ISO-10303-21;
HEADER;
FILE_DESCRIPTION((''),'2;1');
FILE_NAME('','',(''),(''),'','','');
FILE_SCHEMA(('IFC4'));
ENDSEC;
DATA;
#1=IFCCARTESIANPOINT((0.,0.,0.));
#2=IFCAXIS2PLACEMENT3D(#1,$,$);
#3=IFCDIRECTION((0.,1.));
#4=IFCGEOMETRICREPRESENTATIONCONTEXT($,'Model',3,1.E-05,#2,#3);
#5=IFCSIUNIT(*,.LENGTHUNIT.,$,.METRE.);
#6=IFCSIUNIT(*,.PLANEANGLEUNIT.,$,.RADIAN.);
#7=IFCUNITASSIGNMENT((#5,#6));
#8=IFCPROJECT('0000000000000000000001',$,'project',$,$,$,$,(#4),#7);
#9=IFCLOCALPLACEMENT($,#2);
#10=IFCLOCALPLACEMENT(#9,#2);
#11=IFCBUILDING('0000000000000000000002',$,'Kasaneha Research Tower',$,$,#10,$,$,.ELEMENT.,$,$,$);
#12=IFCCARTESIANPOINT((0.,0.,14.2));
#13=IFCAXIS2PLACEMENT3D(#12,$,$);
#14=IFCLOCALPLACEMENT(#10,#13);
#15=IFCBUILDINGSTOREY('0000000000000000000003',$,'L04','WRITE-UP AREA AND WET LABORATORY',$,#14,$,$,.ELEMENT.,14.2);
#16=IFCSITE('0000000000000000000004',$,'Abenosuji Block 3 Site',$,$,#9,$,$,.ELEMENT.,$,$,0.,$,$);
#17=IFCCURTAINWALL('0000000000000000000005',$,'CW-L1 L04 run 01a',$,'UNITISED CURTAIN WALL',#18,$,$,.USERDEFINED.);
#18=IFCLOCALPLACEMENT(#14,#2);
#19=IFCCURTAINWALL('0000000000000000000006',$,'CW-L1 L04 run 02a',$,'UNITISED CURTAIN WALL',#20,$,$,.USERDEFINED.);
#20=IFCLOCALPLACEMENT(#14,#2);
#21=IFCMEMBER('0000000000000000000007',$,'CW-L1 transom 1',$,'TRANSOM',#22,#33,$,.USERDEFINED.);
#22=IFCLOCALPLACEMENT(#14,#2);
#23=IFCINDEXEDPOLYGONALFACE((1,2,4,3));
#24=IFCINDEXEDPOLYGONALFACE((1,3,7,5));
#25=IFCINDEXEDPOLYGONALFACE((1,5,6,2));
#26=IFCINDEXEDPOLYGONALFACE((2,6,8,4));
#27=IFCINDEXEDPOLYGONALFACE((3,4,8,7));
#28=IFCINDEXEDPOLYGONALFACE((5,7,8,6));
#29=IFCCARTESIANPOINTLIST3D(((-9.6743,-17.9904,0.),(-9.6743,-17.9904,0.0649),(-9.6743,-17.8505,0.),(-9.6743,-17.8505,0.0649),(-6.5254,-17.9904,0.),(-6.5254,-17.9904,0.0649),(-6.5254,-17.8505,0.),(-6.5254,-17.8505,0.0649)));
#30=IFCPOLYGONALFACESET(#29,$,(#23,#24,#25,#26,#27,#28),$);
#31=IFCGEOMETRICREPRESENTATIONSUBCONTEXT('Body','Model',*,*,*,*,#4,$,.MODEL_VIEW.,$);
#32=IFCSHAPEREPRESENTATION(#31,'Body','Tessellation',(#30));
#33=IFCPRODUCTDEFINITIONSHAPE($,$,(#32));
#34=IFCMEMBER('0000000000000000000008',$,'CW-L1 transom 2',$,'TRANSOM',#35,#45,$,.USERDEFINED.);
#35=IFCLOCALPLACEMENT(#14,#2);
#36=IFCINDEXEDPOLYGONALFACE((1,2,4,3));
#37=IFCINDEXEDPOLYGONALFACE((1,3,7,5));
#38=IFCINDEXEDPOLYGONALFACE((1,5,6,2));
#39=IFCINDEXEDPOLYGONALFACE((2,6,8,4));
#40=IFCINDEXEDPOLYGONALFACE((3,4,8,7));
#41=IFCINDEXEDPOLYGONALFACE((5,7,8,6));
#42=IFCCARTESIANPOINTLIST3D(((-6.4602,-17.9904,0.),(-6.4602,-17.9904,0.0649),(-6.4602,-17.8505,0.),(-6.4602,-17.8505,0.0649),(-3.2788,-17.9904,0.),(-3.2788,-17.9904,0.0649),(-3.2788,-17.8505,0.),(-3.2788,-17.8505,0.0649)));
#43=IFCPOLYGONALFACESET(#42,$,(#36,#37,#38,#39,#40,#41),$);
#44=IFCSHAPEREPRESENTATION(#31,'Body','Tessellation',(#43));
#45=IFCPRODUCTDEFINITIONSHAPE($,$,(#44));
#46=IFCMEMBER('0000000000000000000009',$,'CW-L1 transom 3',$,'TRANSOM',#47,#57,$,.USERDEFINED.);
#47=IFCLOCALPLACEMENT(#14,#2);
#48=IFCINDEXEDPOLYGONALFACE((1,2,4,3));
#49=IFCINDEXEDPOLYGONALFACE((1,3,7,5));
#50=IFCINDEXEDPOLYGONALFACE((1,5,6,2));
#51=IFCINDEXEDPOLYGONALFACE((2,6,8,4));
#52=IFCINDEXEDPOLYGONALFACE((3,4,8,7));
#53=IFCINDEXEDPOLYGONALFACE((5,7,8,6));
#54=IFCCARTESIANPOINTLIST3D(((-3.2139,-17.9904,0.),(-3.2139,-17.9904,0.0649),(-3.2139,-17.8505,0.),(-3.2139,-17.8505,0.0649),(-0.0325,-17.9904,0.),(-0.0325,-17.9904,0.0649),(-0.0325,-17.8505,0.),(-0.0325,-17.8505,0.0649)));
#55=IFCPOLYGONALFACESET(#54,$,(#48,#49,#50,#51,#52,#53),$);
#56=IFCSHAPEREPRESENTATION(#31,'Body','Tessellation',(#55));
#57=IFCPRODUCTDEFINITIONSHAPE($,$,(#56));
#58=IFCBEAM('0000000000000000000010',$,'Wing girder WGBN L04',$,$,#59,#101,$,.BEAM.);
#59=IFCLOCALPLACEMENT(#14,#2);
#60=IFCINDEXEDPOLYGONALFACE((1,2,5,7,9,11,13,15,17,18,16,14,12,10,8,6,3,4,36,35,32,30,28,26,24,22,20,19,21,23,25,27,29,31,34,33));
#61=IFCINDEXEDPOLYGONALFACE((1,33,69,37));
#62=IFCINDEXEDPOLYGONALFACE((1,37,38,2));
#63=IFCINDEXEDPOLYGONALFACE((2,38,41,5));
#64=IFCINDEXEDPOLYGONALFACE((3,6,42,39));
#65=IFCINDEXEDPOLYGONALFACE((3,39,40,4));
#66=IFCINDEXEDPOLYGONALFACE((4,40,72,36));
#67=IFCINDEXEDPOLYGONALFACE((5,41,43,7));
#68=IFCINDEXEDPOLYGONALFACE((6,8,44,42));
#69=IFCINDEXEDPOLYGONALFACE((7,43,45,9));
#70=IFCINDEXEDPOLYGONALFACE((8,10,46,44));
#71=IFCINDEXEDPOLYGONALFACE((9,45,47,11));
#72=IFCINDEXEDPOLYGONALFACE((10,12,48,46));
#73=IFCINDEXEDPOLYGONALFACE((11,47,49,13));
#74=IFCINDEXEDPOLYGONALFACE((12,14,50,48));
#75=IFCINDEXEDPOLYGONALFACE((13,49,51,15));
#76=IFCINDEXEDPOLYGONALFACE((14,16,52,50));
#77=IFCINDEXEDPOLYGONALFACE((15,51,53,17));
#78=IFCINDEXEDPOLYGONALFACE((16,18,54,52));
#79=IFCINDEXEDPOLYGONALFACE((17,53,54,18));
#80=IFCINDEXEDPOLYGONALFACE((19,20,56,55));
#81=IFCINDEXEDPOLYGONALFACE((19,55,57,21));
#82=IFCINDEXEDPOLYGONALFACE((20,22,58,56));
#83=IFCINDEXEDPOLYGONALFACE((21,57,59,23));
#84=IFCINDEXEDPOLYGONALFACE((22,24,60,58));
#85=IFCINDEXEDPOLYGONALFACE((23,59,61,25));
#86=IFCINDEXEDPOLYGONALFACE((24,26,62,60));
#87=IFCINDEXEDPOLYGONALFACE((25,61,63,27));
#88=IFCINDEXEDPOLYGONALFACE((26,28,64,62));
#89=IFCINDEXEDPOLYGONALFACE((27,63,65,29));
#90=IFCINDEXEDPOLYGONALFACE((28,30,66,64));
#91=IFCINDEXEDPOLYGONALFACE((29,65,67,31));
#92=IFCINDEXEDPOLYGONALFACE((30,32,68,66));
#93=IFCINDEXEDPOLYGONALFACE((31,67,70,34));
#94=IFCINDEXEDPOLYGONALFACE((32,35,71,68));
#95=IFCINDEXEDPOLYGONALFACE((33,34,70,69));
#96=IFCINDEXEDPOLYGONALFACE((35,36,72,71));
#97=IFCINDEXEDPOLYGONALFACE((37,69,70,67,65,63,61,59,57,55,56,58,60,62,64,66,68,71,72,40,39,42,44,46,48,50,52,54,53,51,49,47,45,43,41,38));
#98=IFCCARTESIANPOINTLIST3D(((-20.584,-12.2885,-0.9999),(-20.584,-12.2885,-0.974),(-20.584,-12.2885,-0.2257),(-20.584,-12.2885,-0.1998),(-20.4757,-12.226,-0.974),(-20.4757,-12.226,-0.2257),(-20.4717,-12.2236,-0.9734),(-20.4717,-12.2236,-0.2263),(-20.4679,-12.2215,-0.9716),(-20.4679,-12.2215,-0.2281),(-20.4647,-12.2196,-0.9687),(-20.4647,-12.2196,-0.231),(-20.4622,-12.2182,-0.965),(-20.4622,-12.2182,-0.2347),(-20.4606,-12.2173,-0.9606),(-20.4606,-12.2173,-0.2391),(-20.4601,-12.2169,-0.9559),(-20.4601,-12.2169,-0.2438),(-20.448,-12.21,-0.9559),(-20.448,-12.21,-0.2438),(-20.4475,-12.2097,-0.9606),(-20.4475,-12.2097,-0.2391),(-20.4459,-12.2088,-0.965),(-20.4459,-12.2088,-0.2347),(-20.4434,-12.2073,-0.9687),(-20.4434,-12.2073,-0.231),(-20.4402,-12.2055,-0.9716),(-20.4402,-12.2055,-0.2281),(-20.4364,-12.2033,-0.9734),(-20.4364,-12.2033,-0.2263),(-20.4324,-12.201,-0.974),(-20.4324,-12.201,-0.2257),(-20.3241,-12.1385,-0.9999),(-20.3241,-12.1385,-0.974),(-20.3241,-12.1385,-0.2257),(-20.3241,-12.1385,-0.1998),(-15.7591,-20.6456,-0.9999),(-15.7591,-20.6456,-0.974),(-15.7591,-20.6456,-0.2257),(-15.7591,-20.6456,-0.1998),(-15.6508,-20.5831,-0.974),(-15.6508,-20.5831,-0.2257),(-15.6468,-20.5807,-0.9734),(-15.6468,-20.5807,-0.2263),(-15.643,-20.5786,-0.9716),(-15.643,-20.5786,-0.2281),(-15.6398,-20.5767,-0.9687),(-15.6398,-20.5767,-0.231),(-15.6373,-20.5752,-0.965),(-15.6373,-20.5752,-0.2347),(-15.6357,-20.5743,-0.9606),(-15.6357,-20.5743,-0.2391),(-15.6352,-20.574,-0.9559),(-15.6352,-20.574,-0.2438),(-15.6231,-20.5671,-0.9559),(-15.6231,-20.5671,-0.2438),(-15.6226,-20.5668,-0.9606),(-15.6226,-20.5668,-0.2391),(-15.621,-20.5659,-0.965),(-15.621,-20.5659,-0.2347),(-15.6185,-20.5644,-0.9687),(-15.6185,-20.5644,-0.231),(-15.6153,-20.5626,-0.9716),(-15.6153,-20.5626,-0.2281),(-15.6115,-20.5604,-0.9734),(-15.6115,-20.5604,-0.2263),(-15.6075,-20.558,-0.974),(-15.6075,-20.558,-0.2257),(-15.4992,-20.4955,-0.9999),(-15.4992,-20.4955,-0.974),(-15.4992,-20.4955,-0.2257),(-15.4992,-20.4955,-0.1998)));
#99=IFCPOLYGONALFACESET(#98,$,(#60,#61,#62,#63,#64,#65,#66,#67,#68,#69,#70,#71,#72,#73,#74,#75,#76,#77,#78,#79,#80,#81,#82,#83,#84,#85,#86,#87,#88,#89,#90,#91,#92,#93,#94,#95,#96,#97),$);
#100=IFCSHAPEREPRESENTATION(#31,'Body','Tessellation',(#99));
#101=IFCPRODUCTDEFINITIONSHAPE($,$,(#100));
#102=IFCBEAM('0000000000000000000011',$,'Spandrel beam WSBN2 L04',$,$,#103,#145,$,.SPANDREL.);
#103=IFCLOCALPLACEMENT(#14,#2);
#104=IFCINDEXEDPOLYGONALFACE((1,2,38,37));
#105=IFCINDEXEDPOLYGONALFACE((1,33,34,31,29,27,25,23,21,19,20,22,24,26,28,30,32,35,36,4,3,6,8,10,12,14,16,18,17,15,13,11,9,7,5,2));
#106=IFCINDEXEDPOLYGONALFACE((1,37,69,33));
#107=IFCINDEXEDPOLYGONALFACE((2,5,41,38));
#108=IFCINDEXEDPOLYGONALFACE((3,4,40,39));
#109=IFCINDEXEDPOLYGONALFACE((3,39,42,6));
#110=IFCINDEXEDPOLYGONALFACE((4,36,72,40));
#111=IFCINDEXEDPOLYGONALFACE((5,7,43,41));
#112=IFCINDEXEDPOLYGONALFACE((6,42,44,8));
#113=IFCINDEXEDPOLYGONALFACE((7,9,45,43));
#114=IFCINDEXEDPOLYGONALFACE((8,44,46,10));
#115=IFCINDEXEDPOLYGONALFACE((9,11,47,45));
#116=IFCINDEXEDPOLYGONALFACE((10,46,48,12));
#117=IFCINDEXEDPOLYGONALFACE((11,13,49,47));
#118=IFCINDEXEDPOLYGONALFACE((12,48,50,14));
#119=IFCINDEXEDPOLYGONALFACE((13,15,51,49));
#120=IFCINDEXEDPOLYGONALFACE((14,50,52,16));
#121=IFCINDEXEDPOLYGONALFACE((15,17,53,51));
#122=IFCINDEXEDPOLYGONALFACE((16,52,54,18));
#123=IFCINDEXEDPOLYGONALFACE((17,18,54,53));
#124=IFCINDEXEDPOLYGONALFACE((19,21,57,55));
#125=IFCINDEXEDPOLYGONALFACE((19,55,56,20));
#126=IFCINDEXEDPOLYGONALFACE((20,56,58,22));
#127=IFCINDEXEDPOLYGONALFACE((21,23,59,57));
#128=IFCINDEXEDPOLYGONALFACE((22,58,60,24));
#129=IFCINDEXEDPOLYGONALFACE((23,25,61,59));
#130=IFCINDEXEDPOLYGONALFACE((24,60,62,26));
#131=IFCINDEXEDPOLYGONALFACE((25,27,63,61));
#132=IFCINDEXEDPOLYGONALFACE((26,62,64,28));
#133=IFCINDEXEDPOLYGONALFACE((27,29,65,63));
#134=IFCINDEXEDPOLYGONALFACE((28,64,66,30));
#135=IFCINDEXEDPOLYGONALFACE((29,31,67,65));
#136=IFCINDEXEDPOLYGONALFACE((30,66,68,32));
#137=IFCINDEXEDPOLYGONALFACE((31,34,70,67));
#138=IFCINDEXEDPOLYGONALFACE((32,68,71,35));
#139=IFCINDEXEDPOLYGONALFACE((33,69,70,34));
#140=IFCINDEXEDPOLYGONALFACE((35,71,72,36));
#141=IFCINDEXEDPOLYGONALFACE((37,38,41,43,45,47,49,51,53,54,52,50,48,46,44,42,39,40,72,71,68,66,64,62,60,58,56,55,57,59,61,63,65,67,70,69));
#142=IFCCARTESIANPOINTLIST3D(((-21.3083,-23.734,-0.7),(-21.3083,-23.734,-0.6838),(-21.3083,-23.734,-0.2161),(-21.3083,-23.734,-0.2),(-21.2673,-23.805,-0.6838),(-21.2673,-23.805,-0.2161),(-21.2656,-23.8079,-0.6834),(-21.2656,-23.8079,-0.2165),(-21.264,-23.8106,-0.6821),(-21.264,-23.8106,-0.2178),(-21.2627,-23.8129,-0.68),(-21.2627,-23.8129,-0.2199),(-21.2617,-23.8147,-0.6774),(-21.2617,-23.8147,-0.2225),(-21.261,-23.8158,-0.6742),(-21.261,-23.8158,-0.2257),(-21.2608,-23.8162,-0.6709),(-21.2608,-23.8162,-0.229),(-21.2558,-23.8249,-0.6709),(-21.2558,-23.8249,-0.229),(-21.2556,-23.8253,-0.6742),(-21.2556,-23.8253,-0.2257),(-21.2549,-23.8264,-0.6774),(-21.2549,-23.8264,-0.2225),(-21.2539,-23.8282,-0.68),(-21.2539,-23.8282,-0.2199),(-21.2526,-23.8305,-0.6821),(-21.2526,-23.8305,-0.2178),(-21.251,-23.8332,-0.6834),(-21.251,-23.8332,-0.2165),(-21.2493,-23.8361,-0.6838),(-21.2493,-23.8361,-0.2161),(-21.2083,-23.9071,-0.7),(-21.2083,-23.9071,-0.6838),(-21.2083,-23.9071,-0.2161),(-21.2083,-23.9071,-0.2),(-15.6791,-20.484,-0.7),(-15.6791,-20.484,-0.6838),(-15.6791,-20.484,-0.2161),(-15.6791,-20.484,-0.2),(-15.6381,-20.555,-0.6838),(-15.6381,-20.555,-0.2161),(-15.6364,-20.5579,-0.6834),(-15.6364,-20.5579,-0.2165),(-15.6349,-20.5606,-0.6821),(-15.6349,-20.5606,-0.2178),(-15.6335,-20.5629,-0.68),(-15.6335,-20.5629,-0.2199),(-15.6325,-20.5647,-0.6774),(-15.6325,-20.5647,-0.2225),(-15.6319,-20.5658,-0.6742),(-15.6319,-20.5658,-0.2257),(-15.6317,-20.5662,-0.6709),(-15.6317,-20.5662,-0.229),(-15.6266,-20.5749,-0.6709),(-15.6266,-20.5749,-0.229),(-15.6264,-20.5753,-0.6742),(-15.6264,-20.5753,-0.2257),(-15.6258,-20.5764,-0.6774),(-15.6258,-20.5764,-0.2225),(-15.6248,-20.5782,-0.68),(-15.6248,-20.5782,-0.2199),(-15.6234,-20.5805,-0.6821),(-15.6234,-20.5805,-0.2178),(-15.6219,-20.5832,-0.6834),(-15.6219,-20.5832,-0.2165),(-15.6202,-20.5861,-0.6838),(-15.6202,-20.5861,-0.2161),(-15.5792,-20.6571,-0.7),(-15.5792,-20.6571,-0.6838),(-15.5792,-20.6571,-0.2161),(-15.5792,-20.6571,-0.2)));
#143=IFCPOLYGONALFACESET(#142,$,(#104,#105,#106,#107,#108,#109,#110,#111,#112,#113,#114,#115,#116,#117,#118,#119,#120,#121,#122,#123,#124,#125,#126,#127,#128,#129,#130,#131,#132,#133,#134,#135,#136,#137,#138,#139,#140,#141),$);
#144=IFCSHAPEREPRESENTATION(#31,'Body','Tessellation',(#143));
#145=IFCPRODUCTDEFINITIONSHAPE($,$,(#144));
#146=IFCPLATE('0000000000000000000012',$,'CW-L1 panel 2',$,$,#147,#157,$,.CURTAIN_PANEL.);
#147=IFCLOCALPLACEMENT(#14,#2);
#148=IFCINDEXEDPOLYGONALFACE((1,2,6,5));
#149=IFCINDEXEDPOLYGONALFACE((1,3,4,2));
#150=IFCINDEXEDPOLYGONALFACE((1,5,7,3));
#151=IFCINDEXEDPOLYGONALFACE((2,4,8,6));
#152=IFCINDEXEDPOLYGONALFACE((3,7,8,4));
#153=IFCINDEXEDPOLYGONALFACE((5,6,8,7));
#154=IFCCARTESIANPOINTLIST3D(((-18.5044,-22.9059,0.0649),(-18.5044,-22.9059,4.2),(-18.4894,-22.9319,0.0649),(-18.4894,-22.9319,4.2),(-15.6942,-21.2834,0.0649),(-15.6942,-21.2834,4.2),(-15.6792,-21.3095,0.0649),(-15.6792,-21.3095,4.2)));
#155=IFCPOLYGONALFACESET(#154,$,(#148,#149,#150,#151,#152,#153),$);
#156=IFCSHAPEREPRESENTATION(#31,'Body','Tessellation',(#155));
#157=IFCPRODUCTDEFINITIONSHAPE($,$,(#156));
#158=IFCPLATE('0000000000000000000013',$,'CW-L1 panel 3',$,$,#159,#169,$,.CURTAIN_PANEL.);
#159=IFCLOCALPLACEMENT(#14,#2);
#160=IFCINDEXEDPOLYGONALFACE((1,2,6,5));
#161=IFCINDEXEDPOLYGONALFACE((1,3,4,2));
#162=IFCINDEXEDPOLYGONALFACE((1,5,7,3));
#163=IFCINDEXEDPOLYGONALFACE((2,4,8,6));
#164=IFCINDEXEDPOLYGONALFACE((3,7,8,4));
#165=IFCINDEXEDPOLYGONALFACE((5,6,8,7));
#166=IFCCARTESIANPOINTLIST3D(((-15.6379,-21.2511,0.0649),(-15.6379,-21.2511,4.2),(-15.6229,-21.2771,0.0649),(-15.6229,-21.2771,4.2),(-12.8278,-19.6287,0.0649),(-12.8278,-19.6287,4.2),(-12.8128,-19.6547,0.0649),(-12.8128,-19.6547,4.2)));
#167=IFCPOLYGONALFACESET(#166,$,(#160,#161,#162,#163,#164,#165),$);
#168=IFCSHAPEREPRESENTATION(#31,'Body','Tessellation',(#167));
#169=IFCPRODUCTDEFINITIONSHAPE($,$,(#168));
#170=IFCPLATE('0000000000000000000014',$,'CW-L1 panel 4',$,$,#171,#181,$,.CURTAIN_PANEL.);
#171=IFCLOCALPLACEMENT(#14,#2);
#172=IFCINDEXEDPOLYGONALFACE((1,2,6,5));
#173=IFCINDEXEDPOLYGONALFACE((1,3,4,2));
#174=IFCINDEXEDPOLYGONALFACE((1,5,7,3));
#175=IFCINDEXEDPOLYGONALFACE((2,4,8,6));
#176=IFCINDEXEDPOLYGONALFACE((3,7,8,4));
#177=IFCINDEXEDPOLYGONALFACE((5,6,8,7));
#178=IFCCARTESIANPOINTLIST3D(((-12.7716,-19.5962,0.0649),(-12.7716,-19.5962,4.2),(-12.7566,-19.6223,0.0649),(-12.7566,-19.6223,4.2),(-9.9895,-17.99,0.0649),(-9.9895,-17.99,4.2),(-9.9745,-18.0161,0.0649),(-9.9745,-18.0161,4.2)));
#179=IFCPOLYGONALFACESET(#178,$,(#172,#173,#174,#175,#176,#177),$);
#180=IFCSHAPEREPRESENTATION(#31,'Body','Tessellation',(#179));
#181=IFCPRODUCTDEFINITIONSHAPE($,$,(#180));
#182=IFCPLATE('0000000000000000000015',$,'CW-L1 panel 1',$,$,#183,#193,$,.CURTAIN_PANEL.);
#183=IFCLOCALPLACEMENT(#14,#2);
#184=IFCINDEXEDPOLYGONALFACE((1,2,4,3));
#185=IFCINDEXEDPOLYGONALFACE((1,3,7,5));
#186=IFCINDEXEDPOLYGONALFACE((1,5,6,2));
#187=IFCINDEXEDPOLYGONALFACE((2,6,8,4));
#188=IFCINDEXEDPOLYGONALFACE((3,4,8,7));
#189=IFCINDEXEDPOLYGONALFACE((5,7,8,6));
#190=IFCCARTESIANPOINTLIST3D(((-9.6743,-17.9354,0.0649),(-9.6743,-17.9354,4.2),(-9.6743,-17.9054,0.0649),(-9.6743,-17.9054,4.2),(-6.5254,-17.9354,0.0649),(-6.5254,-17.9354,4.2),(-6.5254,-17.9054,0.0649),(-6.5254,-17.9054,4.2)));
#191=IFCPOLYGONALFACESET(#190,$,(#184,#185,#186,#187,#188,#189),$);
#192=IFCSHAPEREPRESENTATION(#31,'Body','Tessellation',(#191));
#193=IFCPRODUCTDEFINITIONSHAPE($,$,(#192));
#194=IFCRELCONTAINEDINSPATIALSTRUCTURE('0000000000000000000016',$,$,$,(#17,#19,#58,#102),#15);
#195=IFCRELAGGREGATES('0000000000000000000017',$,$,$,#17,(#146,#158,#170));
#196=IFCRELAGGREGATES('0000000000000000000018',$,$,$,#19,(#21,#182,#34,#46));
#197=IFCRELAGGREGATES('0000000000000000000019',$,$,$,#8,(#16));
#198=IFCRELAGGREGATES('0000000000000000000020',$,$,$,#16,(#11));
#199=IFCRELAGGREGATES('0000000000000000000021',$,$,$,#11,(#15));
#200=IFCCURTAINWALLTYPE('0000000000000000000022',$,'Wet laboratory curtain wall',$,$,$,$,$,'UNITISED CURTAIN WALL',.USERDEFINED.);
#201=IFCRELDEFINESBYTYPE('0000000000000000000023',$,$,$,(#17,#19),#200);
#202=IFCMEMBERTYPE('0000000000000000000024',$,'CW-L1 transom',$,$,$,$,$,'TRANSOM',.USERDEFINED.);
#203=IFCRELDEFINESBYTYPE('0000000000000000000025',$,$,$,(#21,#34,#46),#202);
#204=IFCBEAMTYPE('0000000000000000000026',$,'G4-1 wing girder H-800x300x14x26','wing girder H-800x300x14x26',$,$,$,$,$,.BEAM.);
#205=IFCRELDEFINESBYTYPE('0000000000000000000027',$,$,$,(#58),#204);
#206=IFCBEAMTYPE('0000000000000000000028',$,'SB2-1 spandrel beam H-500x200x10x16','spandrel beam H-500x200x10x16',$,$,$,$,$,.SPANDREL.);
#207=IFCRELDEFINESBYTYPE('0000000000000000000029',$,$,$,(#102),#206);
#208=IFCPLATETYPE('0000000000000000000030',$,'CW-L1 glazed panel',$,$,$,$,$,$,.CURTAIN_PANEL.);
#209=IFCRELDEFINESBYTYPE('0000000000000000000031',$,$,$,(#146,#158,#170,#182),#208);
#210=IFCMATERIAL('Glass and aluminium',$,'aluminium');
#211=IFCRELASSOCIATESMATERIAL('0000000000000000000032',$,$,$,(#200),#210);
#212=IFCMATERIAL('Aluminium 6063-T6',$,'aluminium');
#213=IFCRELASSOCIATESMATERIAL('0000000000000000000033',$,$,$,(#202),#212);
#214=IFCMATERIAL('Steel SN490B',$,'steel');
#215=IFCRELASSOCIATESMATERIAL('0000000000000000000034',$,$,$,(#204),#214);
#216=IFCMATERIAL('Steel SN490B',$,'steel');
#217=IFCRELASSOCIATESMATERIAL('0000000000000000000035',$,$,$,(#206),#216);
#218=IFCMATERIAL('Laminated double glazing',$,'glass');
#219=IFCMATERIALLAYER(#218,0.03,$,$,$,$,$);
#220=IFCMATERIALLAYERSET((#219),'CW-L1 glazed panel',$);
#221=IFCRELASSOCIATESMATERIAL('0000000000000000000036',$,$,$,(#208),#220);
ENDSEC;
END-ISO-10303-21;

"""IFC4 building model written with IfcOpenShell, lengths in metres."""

from ifc_helpers import new_model, si_unit, direction, frame, origin, origin_2d, place, context, subcontext, project, spatial, rectangle, i_section, extrude, material, layer, layer_set, material_profile, profile_set, type_object, element, aggregate, save


model = new_model("IFC4")

# Units and contexts
model_context = context("Model", 3, precision=1e-05, world=origin(), true_north=direction((0.0, 1.0)))
body_context = subcontext(model_context, "Body", "Model", "MODEL_VIEW")
ifc_project = project(units=[si_unit("LENGTHUNIT", "METRE"), si_unit("PLANEANGLEUNIT", "RADIAN")], contexts=[model_context])

# Site, building, storey
site_placement = place(None, origin())
site = spatial("IfcSite", under=ifc_project, at=site_placement, Name="Abenosuji Block 3 Site", CompositionType="ELEMENT", RefElevation=0.0)
building_placement = place(site_placement, origin())
building = spatial("IfcBuilding", under=site, at=building_placement, Name="Kasaneha Research Tower", CompositionType="ELEMENT")
storey_placement = place(building_placement, frame((0.0, 0.0, 14.2)))
storey = spatial("IfcBuildingStorey", under=building, at=storey_placement, Name="L04", Description="WRITE-UP AREA AND WET LABORATORY", CompositionType="ELEMENT", Elevation=14.2)

# Curtain walls
ifc_material_1 = material(Name="Glass and aluminium", Category="aluminium")
curtain_wall_type = type_object("IfcCurtainWallType", Name="Wet laboratory curtain wall", ElementType="UNITISED CURTAIN WALL", PredefinedType="USERDEFINED", material=ifc_material_1)
curtain_wall_1_placement = place(storey_placement, origin())
curtain_wall_1 = element("IfcCurtainWall", 1, at=curtain_wall_1_placement, inside=storey, type_object=curtain_wall_type, Name="CW-L1 L04 run 01a", ObjectType="UNITISED CURTAIN WALL", PredefinedType="USERDEFINED")
curtain_wall_2_placement = place(storey_placement, origin())
curtain_wall_2 = element("IfcCurtainWall", 2, at=curtain_wall_2_placement, inside=storey, type_object=curtain_wall_type, Name="CW-L1 L04 run 02a", ObjectType="UNITISED CURTAIN WALL", PredefinedType="USERDEFINED")

# Members
ifc_material_2 = material(Name="Aluminium 6063-T6", Category="aluminium")
ifc_material_profile_1 = material_profile(ifc_material_2, rectangle(XDim=0.1399, YDim=0.0649, at=origin_2d()), Name="CW-L1 transom 140x65")
ifc_profile_set_1 = profile_set([ifc_material_profile_1], Name="Aluminium 6063-T6")
member_type_1 = type_object("IfcMemberType", Name="CW-L1 transom", ElementType="TRANSOM", PredefinedType="USERDEFINED", material=ifc_profile_set_1)
member_1_placement = place(storey_placement, frame((-9.6743, -17.9204, 0.0325), z_axis=(1.0, 0.0, 0.0), x_axis=(0.0, 1.0, 0.0)))
member_1 = element("IfcMember", 3, at=member_1_placement, type_object=member_type_1, Name="CW-L1 transom 1", ObjectType="TRANSOM", PredefinedType="USERDEFINED", context=body_context, shape_type="SweptSolid", body=[
    extrude(rectangle(XDim=0.1399, YDim=0.0649, at=origin_2d()), origin(), (0.0, 0.0, 1.0), 3.1489),
])
member_2_placement = place(storey_placement, frame((-6.4602, -17.9204, 0.0325), z_axis=(1.0, 0.0, 0.0), x_axis=(0.0, 1.0, 0.0)))
member_2 = element("IfcMember", 4, at=member_2_placement, type_object=member_type_1, Name="CW-L1 transom 2", ObjectType="TRANSOM", PredefinedType="USERDEFINED", context=body_context, shape_type="SweptSolid", body=[
    extrude(rectangle(XDim=0.1399, YDim=0.0649, at=origin_2d()), origin(), (0.0, 0.0, 1.0), 3.1814),
])
member_3_placement = place(storey_placement, frame((-3.2139, -17.9204, 0.0325), z_axis=(1.0, 0.0, 0.0), x_axis=(0.0, 1.0, 0.0)))
member_3 = element("IfcMember", 5, at=member_3_placement, type_object=member_type_1, Name="CW-L1 transom 3", ObjectType="TRANSOM", PredefinedType="USERDEFINED", context=body_context, shape_type="SweptSolid", body=[
    extrude(rectangle(XDim=0.1399, YDim=0.0649, at=origin_2d()), origin(), (0.0, 0.0, 1.0), 3.1814),
])

# Beams
ifc_material_3 = material(Name="Steel SN490B", Category="steel")
ifc_material_profile_2 = material_profile(ifc_material_3, i_section(OverallWidth=0.3, OverallDepth=0.8, WebThickness=0.0139, FlangeThickness=0.0259, FilletRadius=0.0181, at=origin_2d()), Name="H-800x300x14x26")
ifc_profile_set_2 = profile_set([ifc_material_profile_2], Name="Steel SN490B")
beam_type_1 = type_object("IfcBeamType", Name="G4-1 wing girder H-800x300x14x26", Description="wing girder H-800x300x14x26", PredefinedType="BEAM", material=ifc_profile_set_2)
beam_1_placement = place(storey_placement, frame((-15.6292, -20.5706, -0.5999), z_axis=(-0.499995, 0.866028, 0.0), x_axis=(-0.866028, -0.499995, 0.0)))
element("IfcBeam", 6, at=beam_1_placement, inside=storey, type_object=beam_type_1, Name="Wing girder WGBN L04", PredefinedType="BEAM", context=body_context, shape_type="SweptSolid", body=[
    extrude(i_section(OverallWidth=0.3, OverallDepth=0.8, WebThickness=0.0139, FlangeThickness=0.0259, FilletRadius=0.0181, at=origin_2d()), origin(), (0.0, 0.0, 1.0), 9.6499),
])
ifc_material_4 = material(Name="Steel SN490B", Category="steel")
ifc_material_profile_3 = material_profile(ifc_material_4, i_section(OverallWidth=0.2, OverallDepth=0.5, WebThickness=0.01, FlangeThickness=0.0161, FilletRadius=0.0129, at=origin_2d()), Name="H-500x200x10x16")
ifc_profile_set_3 = profile_set([ifc_material_profile_3], Name="Steel SN490B")
beam_type_2 = type_object("IfcBeamType", Name="SB2-1 spandrel beam H-500x200x10x16", Description="spandrel beam H-500x200x10x16", PredefinedType="SPANDREL", material=ifc_profile_set_3)
beam_2_placement = place(storey_placement, frame((-15.6292, -20.5706, -0.45), z_axis=(-0.866025, -0.500001, 0.0), x_axis=(0.500001, -0.866025, 0.0)))
element("IfcBeam", 7, at=beam_2_placement, inside=storey, type_object=beam_type_2, Name="Spandrel beam WSBN2 L04", PredefinedType="SPANDREL", context=body_context, shape_type="SweptSolid", body=[
    extrude(i_section(OverallWidth=0.2, OverallDepth=0.5, WebThickness=0.01, FlangeThickness=0.0161, FilletRadius=0.0129, at=origin_2d()), origin(), (0.0, 0.0, 1.0), 6.5),
])

# Plates
ifc_material_5 = material(Name="Laminated double glazing", Category="glass")
ifc_layer_1 = layer(ifc_material_5, 0.03)
ifc_layer_set_1 = layer_set([ifc_layer_1], Name="CW-L1 glazed panel")
plate_type = type_object("IfcPlateType", Name="CW-L1 glazed panel", PredefinedType="CURTAIN_PANEL", material=ifc_layer_set_1)
plate_1_placement = place(storey_placement, frame((-17.0918, -22.1077, 0.0649), z_axis=(0.0, 0.0, 1.0), x_axis=(0.866025, 0.5, 0.0)))
plate_1 = element("IfcPlate", 8, at=plate_1_placement, type_object=plate_type, Name="CW-L1 panel 2", PredefinedType="CURTAIN_PANEL", context=body_context, shape_type="SweptSolid", body=[
    extrude(rectangle(XDim=3.2449, YDim=0.03, at=origin_2d()), origin(), (0.0, 0.0, 1.0), 4.135),
])
plate_2_placement = place(storey_placement, frame((-14.2253, -20.4529, 0.0649), z_axis=(0.0, 0.0, 1.0), x_axis=(0.866025, 0.5, 0.0)))
plate_2 = element("IfcPlate", 9, at=plate_2_placement, type_object=plate_type, Name="CW-L1 panel 3", PredefinedType="CURTAIN_PANEL", context=body_context, shape_type="SweptSolid", body=[
    extrude(rectangle(XDim=3.2449, YDim=0.03, at=origin_2d()), origin(), (0.0, 0.0, 1.0), 4.135),
])
plate_3_placement = place(storey_placement, frame((-11.373, -18.8062, 0.0649), z_axis=(0.0, 0.0, 1.0), x_axis=(0.866025, 0.5, 0.0)))
plate_3 = element("IfcPlate", 10, at=plate_3_placement, type_object=plate_type, Name="CW-L1 panel 4", PredefinedType="CURTAIN_PANEL", context=body_context, shape_type="SweptSolid", body=[
    extrude(rectangle(XDim=3.2124, YDim=0.03, at=origin_2d()), origin(), (0.0, 0.0, 1.0), 4.135),
])
aggregate(curtain_wall_1, [plate_1, plate_2, plate_3])
plate_4_placement = place(storey_placement, frame((-8.0999, -17.9204, 0.0649), z_axis=(0.0, 0.0, 1.0), x_axis=(1.0, 0.0, 0.0)))
plate_4 = element("IfcPlate", 11, at=plate_4_placement, type_object=plate_type, Name="CW-L1 panel 1", PredefinedType="CURTAIN_PANEL", context=body_context, shape_type="SweptSolid", body=[
    extrude(rectangle(XDim=3.1489, YDim=0.03, at=origin_2d()), origin(), (0.0, 0.0, 1.0), 4.135),
])
aggregate(curtain_wall_2, [member_1, plate_4, member_2, member_3])

save(model, "model.ifc")
